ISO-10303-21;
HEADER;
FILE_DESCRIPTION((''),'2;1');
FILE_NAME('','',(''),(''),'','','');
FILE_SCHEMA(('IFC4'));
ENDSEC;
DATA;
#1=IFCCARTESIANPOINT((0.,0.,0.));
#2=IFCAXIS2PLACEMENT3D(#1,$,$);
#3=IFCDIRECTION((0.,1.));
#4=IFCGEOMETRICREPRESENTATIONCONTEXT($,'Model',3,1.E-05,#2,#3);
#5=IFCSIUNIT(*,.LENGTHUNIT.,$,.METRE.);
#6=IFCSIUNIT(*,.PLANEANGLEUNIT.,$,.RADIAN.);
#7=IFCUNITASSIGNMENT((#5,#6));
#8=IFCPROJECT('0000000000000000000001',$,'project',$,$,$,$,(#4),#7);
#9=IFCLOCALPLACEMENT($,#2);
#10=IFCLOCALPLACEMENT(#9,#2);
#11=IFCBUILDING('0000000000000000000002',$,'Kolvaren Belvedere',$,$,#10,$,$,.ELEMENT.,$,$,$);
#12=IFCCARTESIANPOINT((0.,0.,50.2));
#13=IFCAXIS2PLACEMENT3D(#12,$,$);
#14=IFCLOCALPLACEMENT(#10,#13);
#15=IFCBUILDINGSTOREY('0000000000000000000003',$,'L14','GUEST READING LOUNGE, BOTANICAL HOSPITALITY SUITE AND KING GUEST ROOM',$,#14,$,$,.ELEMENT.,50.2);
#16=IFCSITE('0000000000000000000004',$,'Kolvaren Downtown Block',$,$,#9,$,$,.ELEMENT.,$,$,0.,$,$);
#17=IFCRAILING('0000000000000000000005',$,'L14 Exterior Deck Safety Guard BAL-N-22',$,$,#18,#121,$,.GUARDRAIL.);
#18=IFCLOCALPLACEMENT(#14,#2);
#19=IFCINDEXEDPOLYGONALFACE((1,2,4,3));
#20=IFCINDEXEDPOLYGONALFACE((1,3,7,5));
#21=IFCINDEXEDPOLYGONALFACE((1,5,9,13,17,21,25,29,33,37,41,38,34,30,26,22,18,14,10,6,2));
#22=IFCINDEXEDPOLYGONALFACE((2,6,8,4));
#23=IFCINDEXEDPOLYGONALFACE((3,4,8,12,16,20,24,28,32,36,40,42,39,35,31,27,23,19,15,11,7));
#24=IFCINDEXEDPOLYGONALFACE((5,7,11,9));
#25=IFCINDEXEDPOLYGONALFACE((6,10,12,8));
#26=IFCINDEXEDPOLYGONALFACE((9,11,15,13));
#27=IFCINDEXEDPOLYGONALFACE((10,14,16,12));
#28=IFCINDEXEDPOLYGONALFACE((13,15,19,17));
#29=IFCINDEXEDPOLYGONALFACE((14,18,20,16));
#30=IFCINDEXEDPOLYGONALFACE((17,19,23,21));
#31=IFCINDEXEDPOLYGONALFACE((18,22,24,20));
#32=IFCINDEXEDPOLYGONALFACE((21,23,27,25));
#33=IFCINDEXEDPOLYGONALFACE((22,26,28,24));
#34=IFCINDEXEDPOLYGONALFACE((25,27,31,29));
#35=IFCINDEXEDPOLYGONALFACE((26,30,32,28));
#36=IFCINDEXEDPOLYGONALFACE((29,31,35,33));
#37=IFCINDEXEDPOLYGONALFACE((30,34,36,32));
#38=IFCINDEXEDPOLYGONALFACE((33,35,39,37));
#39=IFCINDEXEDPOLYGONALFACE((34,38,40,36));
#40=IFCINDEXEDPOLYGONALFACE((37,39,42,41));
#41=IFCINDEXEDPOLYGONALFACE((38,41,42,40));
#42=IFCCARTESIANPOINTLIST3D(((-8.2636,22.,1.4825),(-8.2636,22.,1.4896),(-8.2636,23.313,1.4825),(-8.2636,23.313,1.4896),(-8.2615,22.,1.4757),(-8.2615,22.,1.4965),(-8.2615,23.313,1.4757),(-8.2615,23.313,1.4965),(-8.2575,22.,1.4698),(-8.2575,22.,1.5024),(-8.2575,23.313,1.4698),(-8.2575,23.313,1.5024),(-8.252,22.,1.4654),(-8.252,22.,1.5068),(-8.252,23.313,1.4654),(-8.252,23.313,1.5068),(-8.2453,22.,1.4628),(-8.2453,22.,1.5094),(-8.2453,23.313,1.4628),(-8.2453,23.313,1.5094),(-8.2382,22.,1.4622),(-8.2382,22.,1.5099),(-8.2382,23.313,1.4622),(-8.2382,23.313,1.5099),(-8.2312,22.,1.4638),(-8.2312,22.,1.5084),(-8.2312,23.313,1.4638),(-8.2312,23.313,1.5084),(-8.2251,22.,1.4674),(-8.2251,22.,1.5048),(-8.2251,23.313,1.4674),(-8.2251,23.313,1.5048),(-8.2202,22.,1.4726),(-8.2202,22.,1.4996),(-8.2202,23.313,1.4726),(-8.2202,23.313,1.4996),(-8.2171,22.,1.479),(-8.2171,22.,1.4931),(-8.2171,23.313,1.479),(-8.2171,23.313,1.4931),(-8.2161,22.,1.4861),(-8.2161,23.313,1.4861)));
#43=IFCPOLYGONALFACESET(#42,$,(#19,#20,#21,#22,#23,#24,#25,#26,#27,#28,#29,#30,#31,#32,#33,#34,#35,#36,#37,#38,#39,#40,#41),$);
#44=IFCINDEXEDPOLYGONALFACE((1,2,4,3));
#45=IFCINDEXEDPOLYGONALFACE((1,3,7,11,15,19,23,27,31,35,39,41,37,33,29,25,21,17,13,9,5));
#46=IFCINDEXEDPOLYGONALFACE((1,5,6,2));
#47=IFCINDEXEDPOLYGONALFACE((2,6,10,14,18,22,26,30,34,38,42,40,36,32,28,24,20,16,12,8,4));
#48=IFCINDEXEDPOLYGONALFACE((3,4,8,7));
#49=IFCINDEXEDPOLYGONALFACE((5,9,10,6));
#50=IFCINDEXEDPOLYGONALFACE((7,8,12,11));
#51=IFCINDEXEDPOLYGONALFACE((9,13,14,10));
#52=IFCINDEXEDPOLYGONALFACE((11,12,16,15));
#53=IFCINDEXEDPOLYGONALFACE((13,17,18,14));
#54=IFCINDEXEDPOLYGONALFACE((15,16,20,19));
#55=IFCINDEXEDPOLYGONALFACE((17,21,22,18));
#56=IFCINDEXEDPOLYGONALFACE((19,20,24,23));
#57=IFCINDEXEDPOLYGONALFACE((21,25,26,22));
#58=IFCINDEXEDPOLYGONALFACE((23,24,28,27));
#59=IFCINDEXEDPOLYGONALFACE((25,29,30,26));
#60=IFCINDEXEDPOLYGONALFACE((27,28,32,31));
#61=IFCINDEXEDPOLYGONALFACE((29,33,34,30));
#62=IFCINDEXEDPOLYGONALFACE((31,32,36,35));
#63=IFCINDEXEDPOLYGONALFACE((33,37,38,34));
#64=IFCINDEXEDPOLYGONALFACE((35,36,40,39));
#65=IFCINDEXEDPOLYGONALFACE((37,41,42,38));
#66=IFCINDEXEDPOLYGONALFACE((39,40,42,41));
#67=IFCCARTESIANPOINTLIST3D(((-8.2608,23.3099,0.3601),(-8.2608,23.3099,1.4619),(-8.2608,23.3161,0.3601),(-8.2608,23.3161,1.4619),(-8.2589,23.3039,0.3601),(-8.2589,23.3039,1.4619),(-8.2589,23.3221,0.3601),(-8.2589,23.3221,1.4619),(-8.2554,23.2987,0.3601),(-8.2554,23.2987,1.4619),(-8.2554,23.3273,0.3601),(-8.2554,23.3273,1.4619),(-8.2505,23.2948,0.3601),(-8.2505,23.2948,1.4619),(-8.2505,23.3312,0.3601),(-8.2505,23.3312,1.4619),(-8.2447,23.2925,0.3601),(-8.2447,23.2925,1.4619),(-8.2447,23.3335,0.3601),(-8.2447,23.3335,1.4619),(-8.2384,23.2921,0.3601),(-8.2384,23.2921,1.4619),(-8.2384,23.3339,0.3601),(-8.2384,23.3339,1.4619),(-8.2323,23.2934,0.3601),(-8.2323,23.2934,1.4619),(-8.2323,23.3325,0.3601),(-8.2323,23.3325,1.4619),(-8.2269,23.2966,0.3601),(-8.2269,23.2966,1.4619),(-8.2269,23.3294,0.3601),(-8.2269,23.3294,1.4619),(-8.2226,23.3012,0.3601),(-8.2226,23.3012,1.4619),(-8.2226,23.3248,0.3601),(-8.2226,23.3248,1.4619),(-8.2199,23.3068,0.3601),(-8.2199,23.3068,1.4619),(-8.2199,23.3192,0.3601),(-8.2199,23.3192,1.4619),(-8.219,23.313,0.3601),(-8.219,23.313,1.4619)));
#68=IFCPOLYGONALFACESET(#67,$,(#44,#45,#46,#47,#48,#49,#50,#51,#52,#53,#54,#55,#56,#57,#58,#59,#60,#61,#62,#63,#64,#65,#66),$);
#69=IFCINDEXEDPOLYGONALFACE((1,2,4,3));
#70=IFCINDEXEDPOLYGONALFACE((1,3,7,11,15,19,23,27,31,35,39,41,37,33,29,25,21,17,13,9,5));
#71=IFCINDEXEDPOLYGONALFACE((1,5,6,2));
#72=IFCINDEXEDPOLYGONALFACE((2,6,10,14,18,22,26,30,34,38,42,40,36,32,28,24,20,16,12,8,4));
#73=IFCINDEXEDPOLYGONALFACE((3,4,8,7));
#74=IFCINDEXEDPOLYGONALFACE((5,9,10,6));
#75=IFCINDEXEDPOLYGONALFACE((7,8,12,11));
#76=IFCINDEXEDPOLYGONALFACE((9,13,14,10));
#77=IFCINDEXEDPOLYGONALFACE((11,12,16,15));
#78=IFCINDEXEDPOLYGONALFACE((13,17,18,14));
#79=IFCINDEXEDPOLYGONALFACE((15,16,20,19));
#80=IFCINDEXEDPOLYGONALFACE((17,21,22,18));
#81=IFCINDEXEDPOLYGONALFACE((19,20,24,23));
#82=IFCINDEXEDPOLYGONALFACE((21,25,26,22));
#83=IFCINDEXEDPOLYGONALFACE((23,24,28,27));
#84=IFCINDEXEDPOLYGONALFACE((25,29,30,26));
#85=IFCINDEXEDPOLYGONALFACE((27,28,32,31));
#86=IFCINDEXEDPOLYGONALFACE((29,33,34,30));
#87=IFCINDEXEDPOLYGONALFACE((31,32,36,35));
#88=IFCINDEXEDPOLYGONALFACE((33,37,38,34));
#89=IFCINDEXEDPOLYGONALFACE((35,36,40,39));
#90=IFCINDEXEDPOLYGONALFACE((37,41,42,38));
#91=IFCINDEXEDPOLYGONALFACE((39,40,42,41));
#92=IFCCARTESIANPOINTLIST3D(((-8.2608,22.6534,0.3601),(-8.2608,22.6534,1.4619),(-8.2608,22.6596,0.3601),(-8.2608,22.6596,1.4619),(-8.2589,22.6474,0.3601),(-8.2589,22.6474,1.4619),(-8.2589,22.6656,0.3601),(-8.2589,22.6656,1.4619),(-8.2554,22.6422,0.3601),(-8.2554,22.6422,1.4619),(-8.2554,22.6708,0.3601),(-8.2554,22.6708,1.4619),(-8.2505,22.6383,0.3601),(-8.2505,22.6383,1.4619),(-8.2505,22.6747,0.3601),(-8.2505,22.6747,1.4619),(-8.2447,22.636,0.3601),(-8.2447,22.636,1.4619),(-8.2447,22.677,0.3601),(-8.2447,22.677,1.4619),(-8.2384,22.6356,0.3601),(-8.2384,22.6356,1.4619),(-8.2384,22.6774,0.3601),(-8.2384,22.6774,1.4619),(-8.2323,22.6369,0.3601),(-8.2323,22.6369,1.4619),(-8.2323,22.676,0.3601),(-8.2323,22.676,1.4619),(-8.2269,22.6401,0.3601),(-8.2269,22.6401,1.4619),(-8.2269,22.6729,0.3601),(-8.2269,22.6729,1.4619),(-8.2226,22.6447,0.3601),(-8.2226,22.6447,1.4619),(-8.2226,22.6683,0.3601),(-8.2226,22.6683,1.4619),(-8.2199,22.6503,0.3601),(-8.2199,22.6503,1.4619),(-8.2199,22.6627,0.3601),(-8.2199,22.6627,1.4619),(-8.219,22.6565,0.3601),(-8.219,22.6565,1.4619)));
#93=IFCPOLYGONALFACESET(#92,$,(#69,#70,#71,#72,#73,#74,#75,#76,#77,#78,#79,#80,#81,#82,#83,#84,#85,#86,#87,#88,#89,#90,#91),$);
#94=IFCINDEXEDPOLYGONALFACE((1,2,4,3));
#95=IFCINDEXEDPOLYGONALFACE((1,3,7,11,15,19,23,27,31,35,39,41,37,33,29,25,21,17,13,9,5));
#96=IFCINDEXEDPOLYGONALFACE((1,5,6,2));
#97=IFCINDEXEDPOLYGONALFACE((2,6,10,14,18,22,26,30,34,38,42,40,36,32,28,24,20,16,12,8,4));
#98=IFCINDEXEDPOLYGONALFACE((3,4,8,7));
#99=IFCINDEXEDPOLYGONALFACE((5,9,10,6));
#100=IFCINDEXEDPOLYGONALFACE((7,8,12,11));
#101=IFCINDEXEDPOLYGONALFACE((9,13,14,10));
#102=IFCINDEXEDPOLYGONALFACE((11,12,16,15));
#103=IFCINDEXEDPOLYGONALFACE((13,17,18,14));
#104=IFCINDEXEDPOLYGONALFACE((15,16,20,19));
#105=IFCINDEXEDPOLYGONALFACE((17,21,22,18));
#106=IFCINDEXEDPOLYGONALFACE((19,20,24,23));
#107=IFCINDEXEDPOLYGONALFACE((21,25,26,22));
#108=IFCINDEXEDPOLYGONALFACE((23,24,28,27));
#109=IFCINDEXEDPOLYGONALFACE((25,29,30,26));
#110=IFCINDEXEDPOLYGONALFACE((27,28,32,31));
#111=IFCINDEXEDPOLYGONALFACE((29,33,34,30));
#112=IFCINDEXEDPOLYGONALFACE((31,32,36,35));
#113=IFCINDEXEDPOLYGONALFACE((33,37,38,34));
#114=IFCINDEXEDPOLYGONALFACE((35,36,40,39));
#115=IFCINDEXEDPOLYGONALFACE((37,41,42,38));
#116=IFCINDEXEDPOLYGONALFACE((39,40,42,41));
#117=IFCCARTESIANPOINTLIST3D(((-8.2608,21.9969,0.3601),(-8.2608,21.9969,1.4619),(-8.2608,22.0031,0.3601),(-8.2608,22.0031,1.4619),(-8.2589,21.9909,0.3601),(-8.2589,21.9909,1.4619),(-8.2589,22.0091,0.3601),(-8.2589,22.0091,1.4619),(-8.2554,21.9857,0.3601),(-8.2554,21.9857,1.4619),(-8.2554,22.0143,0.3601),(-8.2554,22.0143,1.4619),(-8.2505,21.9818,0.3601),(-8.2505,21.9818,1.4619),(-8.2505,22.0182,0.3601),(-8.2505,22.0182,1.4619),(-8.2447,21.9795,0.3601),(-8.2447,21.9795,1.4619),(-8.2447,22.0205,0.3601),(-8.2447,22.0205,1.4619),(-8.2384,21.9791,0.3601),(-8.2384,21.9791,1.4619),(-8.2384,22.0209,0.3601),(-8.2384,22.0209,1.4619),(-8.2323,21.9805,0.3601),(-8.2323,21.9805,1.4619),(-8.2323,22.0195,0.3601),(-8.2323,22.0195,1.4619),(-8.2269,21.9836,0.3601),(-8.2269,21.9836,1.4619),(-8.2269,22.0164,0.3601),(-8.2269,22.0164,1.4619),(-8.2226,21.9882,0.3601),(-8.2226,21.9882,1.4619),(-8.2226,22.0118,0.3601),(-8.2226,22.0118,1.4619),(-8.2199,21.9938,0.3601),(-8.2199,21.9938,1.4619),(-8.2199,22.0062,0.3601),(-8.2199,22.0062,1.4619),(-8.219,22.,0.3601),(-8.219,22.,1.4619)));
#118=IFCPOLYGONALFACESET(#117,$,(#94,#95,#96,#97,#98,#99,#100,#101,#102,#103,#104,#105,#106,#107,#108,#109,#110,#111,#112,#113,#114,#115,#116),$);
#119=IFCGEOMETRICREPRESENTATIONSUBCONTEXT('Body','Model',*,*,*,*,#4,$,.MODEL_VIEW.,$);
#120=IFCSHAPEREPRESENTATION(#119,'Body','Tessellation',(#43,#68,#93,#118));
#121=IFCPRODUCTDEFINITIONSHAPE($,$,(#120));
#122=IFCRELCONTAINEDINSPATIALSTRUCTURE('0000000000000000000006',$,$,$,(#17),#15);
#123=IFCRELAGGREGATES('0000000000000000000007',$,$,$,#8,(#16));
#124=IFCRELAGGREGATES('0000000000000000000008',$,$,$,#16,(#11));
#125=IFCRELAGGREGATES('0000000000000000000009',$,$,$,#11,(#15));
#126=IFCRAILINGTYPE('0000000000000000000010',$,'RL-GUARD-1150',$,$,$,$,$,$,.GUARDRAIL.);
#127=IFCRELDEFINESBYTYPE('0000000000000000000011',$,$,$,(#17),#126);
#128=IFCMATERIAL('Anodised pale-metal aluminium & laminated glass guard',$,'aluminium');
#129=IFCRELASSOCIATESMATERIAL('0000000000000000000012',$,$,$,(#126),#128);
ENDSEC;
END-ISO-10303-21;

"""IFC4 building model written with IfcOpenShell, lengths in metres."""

from ifc_helpers import new_model, si_unit, direction, frame, origin, origin_2d, place, context, subcontext, project, spatial, circle, extrude, material, type_object, element, save


model = new_model("IFC4")

# Units and contexts
model_context = context("Model", 3, precision=1e-05, world=origin(), true_north=direction((0.0, 1.0)))
body_context = subcontext(model_context, "Body", "Model", "MODEL_VIEW")
ifc_project = project(units=[si_unit("LENGTHUNIT", "METRE"), si_unit("PLANEANGLEUNIT", "RADIAN")], contexts=[model_context])

# Site, building, storey
site_placement = place(None, origin())
site = spatial("IfcSite", under=ifc_project, at=site_placement, Name="Kolvaren Downtown Block", CompositionType="ELEMENT", RefElevation=0.0)
building_placement = place(site_placement, origin())
building = spatial("IfcBuilding", under=site, at=building_placement, Name="Kolvaren Belvedere", CompositionType="ELEMENT")
storey_placement = place(building_placement, frame((0.0, 0.0, 50.2)))
storey = spatial("IfcBuildingStorey", under=building, at=storey_placement, Name="L14", Description="GUEST READING LOUNGE, BOTANICAL HOSPITALITY SUITE AND KING GUEST ROOM", CompositionType="ELEMENT", Elevation=50.2)

# Railing
ifc_material_1 = material(Name="Anodised pale-metal aluminium & laminated glass guard", Category="aluminium")
railing_type = type_object("IfcRailingType", Name="RL-GUARD-1150", PredefinedType="GUARDRAIL", material=ifc_material_1)
railing_1_placement = place(storey_placement, frame((-8.24, 23.313, 0.3601)))
element("IfcRailing", 1, at=railing_1_placement, inside=storey, type_object=railing_type, Name="L14 Exterior Deck Safety Guard BAL-N-22", PredefinedType="GUARDRAIL", context=body_context, shape_type="SweptSolid", body=[
    extrude(circle(Radius=0.0239, at=origin_2d()), frame((0.0, 0.0, 1.126), z_axis=(0.0, -1.0, 0.0), x_axis=(1.0, 0.0, 0.0)), (0.0, 0.0, 1.0), 1.313),
    extrude(circle(Radius=0.021, at=origin_2d()), origin(), (0.0, 0.0, 1.0), 1.1018),
    extrude(circle(Radius=0.021, at=origin_2d()), frame((0.0, -0.6565, 0.0)), (0.0, 0.0, 1.0), 1.1018),
    extrude(circle(Radius=0.021, at=origin_2d()), frame((0.0, -1.313, 0.0)), (0.0, 0.0, 1.0), 1.1018),
])

save(model, "model.ifc")
